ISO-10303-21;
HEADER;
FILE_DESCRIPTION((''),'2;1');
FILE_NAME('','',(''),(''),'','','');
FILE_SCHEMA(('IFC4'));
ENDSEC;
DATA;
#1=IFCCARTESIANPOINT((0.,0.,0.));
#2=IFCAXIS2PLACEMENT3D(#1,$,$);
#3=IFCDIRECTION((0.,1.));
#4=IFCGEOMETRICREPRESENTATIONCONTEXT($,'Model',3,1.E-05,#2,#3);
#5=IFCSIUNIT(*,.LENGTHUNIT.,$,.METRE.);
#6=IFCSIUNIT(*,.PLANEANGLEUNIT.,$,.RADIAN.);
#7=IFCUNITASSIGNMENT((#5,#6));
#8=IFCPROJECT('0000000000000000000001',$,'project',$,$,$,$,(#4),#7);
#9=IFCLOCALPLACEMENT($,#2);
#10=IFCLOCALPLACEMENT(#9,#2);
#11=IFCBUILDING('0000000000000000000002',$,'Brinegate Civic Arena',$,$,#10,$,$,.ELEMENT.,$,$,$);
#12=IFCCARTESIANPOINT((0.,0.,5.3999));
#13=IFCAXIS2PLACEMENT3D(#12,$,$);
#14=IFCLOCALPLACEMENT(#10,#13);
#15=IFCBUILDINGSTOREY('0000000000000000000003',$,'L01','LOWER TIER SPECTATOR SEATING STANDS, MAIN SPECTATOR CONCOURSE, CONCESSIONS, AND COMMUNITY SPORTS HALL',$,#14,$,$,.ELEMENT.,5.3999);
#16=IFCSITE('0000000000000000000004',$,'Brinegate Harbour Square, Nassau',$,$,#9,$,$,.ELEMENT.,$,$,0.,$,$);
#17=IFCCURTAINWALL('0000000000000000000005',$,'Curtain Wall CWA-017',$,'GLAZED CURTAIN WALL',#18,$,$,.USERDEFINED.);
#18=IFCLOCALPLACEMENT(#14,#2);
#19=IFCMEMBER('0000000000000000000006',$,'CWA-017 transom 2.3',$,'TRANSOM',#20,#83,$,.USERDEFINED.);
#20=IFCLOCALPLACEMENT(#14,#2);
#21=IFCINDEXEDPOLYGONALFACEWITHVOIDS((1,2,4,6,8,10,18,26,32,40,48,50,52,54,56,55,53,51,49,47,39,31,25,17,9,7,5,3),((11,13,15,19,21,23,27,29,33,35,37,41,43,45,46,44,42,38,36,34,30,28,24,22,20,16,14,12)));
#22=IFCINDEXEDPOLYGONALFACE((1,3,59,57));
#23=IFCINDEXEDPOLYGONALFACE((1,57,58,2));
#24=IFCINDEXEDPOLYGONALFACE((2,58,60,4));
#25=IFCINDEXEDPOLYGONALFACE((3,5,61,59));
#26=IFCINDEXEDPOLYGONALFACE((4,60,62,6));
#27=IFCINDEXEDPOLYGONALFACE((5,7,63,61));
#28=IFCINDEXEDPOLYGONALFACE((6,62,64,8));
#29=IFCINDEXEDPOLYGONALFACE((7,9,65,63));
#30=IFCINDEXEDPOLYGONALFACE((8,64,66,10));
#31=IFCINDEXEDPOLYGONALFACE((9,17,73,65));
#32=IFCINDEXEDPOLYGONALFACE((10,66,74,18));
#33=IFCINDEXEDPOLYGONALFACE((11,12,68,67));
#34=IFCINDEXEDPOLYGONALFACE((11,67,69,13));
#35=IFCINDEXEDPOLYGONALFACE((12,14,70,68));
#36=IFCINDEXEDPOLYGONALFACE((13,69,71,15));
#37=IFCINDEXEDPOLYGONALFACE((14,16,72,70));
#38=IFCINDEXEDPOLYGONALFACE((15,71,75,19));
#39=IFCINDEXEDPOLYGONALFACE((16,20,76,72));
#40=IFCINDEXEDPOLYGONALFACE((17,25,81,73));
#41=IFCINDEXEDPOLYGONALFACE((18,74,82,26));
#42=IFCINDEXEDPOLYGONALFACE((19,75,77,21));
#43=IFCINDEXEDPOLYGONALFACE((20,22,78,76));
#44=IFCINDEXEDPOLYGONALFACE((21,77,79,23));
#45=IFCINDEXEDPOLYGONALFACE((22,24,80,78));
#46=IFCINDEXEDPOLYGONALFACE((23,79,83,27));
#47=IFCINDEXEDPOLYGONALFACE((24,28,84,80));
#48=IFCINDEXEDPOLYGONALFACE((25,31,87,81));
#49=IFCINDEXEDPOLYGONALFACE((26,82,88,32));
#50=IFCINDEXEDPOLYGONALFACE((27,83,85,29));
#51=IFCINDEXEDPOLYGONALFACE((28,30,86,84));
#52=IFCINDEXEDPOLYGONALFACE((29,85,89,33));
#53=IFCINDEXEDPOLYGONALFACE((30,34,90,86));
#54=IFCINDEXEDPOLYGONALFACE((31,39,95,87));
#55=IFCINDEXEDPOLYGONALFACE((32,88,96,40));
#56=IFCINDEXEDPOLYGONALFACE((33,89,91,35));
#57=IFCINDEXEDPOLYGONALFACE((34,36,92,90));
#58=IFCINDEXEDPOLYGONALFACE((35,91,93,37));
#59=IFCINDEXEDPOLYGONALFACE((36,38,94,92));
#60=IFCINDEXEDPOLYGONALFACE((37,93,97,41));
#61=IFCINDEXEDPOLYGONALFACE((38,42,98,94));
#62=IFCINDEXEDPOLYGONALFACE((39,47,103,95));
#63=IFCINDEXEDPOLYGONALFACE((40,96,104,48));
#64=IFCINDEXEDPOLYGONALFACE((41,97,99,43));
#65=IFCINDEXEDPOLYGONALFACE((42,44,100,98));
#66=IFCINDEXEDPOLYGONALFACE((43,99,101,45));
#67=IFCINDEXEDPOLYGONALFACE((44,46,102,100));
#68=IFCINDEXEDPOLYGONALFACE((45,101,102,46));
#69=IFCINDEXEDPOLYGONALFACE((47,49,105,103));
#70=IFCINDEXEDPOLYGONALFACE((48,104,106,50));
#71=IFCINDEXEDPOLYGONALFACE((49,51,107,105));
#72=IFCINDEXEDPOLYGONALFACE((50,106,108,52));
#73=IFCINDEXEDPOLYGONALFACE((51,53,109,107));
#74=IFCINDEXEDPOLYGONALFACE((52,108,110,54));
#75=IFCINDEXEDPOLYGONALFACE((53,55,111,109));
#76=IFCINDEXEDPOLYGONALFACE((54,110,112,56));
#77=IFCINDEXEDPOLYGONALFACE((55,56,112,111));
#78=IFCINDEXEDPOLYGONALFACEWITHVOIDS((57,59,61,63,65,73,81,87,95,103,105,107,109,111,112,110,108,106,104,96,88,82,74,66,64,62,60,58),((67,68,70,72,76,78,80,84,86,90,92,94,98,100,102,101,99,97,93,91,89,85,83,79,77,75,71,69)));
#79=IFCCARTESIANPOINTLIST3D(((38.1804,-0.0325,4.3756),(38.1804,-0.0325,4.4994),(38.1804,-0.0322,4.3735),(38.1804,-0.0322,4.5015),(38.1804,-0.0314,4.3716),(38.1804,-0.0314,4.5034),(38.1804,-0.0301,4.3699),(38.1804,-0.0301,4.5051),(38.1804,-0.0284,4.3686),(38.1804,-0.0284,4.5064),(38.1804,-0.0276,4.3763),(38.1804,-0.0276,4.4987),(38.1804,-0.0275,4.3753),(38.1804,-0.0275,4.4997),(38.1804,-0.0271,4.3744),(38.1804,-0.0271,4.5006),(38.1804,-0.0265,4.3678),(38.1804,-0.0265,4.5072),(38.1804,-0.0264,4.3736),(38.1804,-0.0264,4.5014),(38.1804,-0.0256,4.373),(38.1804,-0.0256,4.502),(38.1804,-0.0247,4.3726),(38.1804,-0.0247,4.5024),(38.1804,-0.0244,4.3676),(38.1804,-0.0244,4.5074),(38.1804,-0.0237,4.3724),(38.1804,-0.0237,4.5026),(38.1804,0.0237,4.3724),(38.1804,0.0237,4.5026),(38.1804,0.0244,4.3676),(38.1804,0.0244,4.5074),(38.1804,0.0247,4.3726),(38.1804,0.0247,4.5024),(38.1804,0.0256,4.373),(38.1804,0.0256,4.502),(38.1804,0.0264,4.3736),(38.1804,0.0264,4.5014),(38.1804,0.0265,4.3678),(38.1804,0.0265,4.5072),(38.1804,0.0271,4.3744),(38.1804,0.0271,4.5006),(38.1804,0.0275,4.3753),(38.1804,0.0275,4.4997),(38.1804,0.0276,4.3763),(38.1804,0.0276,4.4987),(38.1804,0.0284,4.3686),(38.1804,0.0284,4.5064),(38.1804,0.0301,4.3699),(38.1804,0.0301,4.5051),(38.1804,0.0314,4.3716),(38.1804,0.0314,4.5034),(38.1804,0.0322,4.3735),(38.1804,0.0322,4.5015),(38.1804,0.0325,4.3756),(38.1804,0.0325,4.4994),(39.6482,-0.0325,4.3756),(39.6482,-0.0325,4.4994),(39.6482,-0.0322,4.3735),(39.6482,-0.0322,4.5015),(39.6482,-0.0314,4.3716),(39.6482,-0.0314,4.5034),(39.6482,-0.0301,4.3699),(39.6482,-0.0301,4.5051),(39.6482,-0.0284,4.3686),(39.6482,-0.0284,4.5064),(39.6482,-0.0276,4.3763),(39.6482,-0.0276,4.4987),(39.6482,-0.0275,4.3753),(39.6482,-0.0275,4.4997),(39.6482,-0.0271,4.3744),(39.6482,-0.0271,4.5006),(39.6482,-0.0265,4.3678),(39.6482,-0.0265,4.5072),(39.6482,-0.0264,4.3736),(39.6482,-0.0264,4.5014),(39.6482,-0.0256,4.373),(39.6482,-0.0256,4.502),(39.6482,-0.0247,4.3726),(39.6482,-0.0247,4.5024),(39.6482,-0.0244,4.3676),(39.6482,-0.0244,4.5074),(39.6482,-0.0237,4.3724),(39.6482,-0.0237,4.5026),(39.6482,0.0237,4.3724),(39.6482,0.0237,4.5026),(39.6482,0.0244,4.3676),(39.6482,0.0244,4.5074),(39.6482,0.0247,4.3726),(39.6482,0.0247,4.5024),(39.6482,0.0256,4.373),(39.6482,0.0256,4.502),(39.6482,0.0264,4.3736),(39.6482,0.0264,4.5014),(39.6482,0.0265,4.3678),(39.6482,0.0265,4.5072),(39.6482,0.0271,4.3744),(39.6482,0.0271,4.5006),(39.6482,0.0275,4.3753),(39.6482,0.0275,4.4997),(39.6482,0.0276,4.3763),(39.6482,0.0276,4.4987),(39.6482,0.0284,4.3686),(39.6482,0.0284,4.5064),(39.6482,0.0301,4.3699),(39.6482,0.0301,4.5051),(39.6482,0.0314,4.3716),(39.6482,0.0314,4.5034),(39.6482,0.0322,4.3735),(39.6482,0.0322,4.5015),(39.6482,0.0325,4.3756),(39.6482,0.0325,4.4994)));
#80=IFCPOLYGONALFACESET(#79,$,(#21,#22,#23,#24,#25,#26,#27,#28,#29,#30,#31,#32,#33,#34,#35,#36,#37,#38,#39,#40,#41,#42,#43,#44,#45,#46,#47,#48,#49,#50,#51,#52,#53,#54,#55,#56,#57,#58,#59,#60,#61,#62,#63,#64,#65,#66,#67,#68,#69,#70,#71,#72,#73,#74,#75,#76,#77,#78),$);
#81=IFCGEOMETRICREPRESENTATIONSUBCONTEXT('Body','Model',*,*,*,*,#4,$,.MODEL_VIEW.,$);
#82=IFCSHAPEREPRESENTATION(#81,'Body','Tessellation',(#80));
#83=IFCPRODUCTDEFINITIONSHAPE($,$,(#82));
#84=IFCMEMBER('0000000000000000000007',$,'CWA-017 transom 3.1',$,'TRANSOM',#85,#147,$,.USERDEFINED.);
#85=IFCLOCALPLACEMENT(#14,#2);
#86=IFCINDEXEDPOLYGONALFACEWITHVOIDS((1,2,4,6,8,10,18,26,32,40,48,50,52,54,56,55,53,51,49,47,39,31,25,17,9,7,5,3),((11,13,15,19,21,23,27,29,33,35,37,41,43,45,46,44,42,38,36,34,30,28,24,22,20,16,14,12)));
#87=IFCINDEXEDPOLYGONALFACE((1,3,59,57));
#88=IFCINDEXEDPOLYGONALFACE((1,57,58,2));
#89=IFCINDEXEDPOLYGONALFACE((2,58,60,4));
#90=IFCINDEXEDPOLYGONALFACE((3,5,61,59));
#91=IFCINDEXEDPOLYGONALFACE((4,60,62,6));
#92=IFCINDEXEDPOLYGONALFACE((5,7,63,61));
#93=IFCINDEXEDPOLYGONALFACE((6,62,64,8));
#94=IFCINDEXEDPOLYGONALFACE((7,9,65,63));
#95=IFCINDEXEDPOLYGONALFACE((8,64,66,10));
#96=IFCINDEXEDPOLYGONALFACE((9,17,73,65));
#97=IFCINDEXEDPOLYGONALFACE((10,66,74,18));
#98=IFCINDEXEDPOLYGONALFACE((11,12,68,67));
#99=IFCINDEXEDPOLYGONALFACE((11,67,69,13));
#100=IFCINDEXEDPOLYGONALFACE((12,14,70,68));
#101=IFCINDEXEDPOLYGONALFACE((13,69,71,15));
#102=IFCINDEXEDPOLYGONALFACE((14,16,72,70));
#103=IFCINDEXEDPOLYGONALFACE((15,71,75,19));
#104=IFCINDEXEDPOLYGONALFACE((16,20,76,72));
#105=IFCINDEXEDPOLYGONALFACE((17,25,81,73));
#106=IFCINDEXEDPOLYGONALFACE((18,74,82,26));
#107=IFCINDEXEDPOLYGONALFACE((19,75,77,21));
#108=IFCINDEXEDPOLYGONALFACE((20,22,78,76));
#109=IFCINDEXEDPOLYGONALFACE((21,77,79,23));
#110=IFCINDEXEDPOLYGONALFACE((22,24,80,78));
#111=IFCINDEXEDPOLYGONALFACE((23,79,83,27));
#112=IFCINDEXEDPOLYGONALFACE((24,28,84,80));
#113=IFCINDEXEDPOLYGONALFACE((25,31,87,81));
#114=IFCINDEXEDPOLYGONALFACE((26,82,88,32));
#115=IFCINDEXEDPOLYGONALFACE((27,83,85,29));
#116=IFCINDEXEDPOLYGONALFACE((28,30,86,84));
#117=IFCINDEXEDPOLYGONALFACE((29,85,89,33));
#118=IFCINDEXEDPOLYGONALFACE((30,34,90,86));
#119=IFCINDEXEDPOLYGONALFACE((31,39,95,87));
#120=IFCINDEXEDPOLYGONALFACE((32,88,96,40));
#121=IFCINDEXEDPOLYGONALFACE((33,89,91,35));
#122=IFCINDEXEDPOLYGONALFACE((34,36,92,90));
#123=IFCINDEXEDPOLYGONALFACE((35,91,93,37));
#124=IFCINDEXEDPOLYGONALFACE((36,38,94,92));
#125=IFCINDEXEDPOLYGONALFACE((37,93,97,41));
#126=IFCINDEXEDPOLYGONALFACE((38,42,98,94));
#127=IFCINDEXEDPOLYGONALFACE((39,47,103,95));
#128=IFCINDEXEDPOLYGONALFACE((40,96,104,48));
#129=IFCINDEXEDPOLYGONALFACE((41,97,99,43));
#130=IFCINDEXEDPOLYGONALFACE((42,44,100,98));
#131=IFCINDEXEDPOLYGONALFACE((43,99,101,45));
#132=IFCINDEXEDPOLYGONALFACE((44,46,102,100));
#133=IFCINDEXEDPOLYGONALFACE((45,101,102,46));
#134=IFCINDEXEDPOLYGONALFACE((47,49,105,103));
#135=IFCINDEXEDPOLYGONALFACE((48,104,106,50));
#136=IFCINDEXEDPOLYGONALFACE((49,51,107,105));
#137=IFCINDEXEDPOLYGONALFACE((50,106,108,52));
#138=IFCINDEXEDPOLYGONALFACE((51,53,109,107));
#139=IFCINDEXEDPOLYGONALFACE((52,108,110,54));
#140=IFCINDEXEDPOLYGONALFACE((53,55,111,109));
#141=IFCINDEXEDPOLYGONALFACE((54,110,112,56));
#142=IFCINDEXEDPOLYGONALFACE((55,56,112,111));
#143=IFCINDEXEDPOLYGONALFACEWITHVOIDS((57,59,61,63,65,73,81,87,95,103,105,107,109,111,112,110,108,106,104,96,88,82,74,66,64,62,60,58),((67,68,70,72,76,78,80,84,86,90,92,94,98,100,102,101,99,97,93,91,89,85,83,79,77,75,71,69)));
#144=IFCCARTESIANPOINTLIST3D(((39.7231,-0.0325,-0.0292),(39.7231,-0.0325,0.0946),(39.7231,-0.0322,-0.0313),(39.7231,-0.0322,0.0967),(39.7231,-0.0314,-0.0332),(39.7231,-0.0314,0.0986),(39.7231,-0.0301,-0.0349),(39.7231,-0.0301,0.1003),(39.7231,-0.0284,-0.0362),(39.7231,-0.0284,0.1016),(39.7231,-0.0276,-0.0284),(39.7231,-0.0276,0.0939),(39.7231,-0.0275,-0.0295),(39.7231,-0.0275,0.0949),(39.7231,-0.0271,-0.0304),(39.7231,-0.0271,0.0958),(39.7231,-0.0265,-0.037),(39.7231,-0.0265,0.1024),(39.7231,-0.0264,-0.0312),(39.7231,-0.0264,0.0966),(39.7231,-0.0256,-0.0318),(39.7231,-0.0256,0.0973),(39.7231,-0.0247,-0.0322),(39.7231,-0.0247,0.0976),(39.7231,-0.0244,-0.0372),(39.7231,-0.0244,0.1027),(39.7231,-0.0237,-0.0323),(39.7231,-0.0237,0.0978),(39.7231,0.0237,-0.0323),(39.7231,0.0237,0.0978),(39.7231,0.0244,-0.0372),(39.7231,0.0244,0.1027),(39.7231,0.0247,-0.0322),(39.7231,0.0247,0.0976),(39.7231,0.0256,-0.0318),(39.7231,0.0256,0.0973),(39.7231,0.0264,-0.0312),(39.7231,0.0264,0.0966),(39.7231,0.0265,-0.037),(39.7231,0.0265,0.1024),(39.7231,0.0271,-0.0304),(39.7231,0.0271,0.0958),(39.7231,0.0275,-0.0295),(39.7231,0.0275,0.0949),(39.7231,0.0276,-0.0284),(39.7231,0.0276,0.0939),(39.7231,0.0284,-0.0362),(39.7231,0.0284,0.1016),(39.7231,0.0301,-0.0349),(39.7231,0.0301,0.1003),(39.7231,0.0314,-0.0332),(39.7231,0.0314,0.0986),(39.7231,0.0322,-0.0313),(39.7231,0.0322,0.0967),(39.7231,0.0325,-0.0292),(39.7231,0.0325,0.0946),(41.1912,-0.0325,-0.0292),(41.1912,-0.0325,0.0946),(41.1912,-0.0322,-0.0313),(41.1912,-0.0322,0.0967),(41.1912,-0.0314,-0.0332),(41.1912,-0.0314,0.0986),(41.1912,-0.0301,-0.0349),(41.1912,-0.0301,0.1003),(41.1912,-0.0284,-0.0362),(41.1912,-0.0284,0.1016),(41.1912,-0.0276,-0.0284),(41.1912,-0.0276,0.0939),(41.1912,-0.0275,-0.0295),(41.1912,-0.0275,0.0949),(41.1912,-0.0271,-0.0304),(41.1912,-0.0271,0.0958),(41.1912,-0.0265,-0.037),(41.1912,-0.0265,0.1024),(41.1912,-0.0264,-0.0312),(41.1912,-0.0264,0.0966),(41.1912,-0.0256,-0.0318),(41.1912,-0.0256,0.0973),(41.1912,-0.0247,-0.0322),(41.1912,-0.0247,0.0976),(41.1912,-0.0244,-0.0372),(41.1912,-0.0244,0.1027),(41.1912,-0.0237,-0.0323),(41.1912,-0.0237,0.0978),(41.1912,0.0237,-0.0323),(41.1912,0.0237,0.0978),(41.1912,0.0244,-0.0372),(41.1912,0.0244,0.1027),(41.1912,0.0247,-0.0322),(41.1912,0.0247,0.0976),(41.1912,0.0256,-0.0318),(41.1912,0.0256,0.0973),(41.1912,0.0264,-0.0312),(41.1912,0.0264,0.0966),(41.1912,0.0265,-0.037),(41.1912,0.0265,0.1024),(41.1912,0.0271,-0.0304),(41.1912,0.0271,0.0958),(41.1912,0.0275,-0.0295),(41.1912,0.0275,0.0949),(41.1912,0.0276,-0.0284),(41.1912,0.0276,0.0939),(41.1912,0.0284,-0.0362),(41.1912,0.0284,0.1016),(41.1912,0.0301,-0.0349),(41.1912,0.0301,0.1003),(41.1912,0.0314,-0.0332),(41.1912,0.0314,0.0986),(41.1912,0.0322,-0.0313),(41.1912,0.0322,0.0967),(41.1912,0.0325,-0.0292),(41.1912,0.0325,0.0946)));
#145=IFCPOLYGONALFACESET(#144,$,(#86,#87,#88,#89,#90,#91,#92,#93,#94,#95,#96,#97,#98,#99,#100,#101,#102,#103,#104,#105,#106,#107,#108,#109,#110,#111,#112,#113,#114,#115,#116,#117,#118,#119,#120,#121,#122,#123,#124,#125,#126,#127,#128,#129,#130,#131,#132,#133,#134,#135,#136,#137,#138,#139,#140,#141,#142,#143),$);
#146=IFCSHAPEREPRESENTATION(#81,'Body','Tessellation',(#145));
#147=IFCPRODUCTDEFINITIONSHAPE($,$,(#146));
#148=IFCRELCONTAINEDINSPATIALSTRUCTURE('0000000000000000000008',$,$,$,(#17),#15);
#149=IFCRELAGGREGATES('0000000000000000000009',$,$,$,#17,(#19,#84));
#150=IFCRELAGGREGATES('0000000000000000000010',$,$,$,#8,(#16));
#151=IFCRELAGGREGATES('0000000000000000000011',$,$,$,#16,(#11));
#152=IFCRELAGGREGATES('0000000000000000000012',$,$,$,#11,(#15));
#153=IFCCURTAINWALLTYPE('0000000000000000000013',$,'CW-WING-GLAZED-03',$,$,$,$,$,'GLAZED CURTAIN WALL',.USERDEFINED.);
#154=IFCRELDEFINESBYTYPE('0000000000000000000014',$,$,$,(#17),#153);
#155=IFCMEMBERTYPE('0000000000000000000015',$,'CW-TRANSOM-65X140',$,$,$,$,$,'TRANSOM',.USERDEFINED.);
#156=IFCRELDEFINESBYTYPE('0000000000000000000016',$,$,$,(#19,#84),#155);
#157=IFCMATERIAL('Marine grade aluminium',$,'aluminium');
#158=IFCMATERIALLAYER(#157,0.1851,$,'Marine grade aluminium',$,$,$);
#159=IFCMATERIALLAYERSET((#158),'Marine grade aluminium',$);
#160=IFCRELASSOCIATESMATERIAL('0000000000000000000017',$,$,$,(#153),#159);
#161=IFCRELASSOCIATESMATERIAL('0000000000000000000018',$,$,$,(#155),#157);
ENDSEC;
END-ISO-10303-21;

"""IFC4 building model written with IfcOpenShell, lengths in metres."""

from ifc_helpers import new_model, si_unit, direction, frame, origin, origin_2d, place, context, subcontext, project, spatial, hollow_rectangle, extrude, material, layer, layer_set, material_profile, profile_set, type_object, element, aggregate, save


model = new_model("IFC4")

# Units and contexts
model_context = context("Model", 3, precision=1e-05, world=origin(), true_north=direction((0.0, 1.0)))
body_context = subcontext(model_context, "Body", "Model", "MODEL_VIEW")
ifc_project = project(units=[si_unit("LENGTHUNIT", "METRE"), si_unit("PLANEANGLEUNIT", "RADIAN")], contexts=[model_context])

# Site, building, storey
site_placement = place(None, origin())
site = spatial("IfcSite", under=ifc_project, at=site_placement, Name="Brinegate Harbour Square, Nassau", CompositionType="ELEMENT", RefElevation=0.0)
building_placement = place(site_placement, origin())
building = spatial("IfcBuilding", under=site, at=building_placement, Name="Brinegate Civic Arena", CompositionType="ELEMENT")
storey_placement = place(building_placement, frame((0.0, 0.0, 5.3999)))
storey = spatial("IfcBuildingStorey", under=building, at=storey_placement, Name="L01", Description="LOWER TIER SPECTATOR SEATING STANDS, MAIN SPECTATOR CONCOURSE, CONCESSIONS, AND COMMUNITY SPORTS HALL", CompositionType="ELEMENT", Elevation=5.3999)

# Curtain wall, members
ifc_material_1 = material(Name="Marine grade aluminium", Category="aluminium")
ifc_layer_1 = layer(ifc_material_1, 0.1851, Name="Marine grade aluminium")
ifc_layer_set_1 = layer_set([ifc_layer_1], Name="Marine grade aluminium")
curtain_wall_type = type_object("IfcCurtainWallType", Name="CW-WING-GLAZED-03", ElementType="GLAZED CURTAIN WALL", PredefinedType="USERDEFINED", material=ifc_layer_set_1)
curtain_wall_placement = place(storey_placement, origin())
curtain_wall = element("IfcCurtainWall", 1, at=curtain_wall_placement, inside=storey, type_object=curtain_wall_type, Name="Curtain Wall CWA-017", ObjectType="GLAZED CURTAIN WALL", PredefinedType="USERDEFINED")
ifc_material_profile_1 = material_profile(ifc_material_1, hollow_rectangle(XDim=0.0649, YDim=0.1399, WallThickness=0.0049, InnerFilletRadius=0.0039, OuterFilletRadius=0.0081, at=origin_2d()), Name="TRN65X140")
ifc_profile_set_1 = profile_set([ifc_material_profile_1], Name="Marine grade aluminium")
member_type_1 = type_object("IfcMemberType", Name="CW-TRANSOM-65X140", ElementType="TRANSOM", PredefinedType="USERDEFINED", material=ifc_profile_set_1)
member_1_placement = place(storey_placement, frame((38.1804, 0.0, 4.4375), z_axis=(1.0, 0.0, 0.0), x_axis=(0.0, 1.0, 0.0)))
member_1 = element("IfcMember", 2, at=member_1_placement, type_object=member_type_1, Name="CWA-017 transom 2.3", ObjectType="TRANSOM", PredefinedType="USERDEFINED", context=body_context, shape_type="SweptSolid", body=[
    extrude(hollow_rectangle(XDim=0.0649, YDim=0.1399, WallThickness=0.0049, InnerFilletRadius=0.0039, OuterFilletRadius=0.0081, at=origin_2d()), origin(), (0.0, 0.0, 1.0), 1.4678),
])
member_2_placement = place(storey_placement, frame((39.7231, 0.0, 0.0327), z_axis=(1.0, 0.0, 0.0), x_axis=(0.0, 1.0, 0.0)))
member_2 = element("IfcMember", 3, at=member_2_placement, type_object=member_type_1, Name="CWA-017 transom 3.1", ObjectType="TRANSOM", PredefinedType="USERDEFINED", context=body_context, shape_type="SweptSolid", body=[
    extrude(hollow_rectangle(XDim=0.0649, YDim=0.1399, WallThickness=0.0049, InnerFilletRadius=0.0039, OuterFilletRadius=0.0081, at=origin_2d()), origin(), (0.0, 0.0, 1.0), 1.468),
])
aggregate(curtain_wall, [member_1, member_2])

save(model, "model.ifc")
